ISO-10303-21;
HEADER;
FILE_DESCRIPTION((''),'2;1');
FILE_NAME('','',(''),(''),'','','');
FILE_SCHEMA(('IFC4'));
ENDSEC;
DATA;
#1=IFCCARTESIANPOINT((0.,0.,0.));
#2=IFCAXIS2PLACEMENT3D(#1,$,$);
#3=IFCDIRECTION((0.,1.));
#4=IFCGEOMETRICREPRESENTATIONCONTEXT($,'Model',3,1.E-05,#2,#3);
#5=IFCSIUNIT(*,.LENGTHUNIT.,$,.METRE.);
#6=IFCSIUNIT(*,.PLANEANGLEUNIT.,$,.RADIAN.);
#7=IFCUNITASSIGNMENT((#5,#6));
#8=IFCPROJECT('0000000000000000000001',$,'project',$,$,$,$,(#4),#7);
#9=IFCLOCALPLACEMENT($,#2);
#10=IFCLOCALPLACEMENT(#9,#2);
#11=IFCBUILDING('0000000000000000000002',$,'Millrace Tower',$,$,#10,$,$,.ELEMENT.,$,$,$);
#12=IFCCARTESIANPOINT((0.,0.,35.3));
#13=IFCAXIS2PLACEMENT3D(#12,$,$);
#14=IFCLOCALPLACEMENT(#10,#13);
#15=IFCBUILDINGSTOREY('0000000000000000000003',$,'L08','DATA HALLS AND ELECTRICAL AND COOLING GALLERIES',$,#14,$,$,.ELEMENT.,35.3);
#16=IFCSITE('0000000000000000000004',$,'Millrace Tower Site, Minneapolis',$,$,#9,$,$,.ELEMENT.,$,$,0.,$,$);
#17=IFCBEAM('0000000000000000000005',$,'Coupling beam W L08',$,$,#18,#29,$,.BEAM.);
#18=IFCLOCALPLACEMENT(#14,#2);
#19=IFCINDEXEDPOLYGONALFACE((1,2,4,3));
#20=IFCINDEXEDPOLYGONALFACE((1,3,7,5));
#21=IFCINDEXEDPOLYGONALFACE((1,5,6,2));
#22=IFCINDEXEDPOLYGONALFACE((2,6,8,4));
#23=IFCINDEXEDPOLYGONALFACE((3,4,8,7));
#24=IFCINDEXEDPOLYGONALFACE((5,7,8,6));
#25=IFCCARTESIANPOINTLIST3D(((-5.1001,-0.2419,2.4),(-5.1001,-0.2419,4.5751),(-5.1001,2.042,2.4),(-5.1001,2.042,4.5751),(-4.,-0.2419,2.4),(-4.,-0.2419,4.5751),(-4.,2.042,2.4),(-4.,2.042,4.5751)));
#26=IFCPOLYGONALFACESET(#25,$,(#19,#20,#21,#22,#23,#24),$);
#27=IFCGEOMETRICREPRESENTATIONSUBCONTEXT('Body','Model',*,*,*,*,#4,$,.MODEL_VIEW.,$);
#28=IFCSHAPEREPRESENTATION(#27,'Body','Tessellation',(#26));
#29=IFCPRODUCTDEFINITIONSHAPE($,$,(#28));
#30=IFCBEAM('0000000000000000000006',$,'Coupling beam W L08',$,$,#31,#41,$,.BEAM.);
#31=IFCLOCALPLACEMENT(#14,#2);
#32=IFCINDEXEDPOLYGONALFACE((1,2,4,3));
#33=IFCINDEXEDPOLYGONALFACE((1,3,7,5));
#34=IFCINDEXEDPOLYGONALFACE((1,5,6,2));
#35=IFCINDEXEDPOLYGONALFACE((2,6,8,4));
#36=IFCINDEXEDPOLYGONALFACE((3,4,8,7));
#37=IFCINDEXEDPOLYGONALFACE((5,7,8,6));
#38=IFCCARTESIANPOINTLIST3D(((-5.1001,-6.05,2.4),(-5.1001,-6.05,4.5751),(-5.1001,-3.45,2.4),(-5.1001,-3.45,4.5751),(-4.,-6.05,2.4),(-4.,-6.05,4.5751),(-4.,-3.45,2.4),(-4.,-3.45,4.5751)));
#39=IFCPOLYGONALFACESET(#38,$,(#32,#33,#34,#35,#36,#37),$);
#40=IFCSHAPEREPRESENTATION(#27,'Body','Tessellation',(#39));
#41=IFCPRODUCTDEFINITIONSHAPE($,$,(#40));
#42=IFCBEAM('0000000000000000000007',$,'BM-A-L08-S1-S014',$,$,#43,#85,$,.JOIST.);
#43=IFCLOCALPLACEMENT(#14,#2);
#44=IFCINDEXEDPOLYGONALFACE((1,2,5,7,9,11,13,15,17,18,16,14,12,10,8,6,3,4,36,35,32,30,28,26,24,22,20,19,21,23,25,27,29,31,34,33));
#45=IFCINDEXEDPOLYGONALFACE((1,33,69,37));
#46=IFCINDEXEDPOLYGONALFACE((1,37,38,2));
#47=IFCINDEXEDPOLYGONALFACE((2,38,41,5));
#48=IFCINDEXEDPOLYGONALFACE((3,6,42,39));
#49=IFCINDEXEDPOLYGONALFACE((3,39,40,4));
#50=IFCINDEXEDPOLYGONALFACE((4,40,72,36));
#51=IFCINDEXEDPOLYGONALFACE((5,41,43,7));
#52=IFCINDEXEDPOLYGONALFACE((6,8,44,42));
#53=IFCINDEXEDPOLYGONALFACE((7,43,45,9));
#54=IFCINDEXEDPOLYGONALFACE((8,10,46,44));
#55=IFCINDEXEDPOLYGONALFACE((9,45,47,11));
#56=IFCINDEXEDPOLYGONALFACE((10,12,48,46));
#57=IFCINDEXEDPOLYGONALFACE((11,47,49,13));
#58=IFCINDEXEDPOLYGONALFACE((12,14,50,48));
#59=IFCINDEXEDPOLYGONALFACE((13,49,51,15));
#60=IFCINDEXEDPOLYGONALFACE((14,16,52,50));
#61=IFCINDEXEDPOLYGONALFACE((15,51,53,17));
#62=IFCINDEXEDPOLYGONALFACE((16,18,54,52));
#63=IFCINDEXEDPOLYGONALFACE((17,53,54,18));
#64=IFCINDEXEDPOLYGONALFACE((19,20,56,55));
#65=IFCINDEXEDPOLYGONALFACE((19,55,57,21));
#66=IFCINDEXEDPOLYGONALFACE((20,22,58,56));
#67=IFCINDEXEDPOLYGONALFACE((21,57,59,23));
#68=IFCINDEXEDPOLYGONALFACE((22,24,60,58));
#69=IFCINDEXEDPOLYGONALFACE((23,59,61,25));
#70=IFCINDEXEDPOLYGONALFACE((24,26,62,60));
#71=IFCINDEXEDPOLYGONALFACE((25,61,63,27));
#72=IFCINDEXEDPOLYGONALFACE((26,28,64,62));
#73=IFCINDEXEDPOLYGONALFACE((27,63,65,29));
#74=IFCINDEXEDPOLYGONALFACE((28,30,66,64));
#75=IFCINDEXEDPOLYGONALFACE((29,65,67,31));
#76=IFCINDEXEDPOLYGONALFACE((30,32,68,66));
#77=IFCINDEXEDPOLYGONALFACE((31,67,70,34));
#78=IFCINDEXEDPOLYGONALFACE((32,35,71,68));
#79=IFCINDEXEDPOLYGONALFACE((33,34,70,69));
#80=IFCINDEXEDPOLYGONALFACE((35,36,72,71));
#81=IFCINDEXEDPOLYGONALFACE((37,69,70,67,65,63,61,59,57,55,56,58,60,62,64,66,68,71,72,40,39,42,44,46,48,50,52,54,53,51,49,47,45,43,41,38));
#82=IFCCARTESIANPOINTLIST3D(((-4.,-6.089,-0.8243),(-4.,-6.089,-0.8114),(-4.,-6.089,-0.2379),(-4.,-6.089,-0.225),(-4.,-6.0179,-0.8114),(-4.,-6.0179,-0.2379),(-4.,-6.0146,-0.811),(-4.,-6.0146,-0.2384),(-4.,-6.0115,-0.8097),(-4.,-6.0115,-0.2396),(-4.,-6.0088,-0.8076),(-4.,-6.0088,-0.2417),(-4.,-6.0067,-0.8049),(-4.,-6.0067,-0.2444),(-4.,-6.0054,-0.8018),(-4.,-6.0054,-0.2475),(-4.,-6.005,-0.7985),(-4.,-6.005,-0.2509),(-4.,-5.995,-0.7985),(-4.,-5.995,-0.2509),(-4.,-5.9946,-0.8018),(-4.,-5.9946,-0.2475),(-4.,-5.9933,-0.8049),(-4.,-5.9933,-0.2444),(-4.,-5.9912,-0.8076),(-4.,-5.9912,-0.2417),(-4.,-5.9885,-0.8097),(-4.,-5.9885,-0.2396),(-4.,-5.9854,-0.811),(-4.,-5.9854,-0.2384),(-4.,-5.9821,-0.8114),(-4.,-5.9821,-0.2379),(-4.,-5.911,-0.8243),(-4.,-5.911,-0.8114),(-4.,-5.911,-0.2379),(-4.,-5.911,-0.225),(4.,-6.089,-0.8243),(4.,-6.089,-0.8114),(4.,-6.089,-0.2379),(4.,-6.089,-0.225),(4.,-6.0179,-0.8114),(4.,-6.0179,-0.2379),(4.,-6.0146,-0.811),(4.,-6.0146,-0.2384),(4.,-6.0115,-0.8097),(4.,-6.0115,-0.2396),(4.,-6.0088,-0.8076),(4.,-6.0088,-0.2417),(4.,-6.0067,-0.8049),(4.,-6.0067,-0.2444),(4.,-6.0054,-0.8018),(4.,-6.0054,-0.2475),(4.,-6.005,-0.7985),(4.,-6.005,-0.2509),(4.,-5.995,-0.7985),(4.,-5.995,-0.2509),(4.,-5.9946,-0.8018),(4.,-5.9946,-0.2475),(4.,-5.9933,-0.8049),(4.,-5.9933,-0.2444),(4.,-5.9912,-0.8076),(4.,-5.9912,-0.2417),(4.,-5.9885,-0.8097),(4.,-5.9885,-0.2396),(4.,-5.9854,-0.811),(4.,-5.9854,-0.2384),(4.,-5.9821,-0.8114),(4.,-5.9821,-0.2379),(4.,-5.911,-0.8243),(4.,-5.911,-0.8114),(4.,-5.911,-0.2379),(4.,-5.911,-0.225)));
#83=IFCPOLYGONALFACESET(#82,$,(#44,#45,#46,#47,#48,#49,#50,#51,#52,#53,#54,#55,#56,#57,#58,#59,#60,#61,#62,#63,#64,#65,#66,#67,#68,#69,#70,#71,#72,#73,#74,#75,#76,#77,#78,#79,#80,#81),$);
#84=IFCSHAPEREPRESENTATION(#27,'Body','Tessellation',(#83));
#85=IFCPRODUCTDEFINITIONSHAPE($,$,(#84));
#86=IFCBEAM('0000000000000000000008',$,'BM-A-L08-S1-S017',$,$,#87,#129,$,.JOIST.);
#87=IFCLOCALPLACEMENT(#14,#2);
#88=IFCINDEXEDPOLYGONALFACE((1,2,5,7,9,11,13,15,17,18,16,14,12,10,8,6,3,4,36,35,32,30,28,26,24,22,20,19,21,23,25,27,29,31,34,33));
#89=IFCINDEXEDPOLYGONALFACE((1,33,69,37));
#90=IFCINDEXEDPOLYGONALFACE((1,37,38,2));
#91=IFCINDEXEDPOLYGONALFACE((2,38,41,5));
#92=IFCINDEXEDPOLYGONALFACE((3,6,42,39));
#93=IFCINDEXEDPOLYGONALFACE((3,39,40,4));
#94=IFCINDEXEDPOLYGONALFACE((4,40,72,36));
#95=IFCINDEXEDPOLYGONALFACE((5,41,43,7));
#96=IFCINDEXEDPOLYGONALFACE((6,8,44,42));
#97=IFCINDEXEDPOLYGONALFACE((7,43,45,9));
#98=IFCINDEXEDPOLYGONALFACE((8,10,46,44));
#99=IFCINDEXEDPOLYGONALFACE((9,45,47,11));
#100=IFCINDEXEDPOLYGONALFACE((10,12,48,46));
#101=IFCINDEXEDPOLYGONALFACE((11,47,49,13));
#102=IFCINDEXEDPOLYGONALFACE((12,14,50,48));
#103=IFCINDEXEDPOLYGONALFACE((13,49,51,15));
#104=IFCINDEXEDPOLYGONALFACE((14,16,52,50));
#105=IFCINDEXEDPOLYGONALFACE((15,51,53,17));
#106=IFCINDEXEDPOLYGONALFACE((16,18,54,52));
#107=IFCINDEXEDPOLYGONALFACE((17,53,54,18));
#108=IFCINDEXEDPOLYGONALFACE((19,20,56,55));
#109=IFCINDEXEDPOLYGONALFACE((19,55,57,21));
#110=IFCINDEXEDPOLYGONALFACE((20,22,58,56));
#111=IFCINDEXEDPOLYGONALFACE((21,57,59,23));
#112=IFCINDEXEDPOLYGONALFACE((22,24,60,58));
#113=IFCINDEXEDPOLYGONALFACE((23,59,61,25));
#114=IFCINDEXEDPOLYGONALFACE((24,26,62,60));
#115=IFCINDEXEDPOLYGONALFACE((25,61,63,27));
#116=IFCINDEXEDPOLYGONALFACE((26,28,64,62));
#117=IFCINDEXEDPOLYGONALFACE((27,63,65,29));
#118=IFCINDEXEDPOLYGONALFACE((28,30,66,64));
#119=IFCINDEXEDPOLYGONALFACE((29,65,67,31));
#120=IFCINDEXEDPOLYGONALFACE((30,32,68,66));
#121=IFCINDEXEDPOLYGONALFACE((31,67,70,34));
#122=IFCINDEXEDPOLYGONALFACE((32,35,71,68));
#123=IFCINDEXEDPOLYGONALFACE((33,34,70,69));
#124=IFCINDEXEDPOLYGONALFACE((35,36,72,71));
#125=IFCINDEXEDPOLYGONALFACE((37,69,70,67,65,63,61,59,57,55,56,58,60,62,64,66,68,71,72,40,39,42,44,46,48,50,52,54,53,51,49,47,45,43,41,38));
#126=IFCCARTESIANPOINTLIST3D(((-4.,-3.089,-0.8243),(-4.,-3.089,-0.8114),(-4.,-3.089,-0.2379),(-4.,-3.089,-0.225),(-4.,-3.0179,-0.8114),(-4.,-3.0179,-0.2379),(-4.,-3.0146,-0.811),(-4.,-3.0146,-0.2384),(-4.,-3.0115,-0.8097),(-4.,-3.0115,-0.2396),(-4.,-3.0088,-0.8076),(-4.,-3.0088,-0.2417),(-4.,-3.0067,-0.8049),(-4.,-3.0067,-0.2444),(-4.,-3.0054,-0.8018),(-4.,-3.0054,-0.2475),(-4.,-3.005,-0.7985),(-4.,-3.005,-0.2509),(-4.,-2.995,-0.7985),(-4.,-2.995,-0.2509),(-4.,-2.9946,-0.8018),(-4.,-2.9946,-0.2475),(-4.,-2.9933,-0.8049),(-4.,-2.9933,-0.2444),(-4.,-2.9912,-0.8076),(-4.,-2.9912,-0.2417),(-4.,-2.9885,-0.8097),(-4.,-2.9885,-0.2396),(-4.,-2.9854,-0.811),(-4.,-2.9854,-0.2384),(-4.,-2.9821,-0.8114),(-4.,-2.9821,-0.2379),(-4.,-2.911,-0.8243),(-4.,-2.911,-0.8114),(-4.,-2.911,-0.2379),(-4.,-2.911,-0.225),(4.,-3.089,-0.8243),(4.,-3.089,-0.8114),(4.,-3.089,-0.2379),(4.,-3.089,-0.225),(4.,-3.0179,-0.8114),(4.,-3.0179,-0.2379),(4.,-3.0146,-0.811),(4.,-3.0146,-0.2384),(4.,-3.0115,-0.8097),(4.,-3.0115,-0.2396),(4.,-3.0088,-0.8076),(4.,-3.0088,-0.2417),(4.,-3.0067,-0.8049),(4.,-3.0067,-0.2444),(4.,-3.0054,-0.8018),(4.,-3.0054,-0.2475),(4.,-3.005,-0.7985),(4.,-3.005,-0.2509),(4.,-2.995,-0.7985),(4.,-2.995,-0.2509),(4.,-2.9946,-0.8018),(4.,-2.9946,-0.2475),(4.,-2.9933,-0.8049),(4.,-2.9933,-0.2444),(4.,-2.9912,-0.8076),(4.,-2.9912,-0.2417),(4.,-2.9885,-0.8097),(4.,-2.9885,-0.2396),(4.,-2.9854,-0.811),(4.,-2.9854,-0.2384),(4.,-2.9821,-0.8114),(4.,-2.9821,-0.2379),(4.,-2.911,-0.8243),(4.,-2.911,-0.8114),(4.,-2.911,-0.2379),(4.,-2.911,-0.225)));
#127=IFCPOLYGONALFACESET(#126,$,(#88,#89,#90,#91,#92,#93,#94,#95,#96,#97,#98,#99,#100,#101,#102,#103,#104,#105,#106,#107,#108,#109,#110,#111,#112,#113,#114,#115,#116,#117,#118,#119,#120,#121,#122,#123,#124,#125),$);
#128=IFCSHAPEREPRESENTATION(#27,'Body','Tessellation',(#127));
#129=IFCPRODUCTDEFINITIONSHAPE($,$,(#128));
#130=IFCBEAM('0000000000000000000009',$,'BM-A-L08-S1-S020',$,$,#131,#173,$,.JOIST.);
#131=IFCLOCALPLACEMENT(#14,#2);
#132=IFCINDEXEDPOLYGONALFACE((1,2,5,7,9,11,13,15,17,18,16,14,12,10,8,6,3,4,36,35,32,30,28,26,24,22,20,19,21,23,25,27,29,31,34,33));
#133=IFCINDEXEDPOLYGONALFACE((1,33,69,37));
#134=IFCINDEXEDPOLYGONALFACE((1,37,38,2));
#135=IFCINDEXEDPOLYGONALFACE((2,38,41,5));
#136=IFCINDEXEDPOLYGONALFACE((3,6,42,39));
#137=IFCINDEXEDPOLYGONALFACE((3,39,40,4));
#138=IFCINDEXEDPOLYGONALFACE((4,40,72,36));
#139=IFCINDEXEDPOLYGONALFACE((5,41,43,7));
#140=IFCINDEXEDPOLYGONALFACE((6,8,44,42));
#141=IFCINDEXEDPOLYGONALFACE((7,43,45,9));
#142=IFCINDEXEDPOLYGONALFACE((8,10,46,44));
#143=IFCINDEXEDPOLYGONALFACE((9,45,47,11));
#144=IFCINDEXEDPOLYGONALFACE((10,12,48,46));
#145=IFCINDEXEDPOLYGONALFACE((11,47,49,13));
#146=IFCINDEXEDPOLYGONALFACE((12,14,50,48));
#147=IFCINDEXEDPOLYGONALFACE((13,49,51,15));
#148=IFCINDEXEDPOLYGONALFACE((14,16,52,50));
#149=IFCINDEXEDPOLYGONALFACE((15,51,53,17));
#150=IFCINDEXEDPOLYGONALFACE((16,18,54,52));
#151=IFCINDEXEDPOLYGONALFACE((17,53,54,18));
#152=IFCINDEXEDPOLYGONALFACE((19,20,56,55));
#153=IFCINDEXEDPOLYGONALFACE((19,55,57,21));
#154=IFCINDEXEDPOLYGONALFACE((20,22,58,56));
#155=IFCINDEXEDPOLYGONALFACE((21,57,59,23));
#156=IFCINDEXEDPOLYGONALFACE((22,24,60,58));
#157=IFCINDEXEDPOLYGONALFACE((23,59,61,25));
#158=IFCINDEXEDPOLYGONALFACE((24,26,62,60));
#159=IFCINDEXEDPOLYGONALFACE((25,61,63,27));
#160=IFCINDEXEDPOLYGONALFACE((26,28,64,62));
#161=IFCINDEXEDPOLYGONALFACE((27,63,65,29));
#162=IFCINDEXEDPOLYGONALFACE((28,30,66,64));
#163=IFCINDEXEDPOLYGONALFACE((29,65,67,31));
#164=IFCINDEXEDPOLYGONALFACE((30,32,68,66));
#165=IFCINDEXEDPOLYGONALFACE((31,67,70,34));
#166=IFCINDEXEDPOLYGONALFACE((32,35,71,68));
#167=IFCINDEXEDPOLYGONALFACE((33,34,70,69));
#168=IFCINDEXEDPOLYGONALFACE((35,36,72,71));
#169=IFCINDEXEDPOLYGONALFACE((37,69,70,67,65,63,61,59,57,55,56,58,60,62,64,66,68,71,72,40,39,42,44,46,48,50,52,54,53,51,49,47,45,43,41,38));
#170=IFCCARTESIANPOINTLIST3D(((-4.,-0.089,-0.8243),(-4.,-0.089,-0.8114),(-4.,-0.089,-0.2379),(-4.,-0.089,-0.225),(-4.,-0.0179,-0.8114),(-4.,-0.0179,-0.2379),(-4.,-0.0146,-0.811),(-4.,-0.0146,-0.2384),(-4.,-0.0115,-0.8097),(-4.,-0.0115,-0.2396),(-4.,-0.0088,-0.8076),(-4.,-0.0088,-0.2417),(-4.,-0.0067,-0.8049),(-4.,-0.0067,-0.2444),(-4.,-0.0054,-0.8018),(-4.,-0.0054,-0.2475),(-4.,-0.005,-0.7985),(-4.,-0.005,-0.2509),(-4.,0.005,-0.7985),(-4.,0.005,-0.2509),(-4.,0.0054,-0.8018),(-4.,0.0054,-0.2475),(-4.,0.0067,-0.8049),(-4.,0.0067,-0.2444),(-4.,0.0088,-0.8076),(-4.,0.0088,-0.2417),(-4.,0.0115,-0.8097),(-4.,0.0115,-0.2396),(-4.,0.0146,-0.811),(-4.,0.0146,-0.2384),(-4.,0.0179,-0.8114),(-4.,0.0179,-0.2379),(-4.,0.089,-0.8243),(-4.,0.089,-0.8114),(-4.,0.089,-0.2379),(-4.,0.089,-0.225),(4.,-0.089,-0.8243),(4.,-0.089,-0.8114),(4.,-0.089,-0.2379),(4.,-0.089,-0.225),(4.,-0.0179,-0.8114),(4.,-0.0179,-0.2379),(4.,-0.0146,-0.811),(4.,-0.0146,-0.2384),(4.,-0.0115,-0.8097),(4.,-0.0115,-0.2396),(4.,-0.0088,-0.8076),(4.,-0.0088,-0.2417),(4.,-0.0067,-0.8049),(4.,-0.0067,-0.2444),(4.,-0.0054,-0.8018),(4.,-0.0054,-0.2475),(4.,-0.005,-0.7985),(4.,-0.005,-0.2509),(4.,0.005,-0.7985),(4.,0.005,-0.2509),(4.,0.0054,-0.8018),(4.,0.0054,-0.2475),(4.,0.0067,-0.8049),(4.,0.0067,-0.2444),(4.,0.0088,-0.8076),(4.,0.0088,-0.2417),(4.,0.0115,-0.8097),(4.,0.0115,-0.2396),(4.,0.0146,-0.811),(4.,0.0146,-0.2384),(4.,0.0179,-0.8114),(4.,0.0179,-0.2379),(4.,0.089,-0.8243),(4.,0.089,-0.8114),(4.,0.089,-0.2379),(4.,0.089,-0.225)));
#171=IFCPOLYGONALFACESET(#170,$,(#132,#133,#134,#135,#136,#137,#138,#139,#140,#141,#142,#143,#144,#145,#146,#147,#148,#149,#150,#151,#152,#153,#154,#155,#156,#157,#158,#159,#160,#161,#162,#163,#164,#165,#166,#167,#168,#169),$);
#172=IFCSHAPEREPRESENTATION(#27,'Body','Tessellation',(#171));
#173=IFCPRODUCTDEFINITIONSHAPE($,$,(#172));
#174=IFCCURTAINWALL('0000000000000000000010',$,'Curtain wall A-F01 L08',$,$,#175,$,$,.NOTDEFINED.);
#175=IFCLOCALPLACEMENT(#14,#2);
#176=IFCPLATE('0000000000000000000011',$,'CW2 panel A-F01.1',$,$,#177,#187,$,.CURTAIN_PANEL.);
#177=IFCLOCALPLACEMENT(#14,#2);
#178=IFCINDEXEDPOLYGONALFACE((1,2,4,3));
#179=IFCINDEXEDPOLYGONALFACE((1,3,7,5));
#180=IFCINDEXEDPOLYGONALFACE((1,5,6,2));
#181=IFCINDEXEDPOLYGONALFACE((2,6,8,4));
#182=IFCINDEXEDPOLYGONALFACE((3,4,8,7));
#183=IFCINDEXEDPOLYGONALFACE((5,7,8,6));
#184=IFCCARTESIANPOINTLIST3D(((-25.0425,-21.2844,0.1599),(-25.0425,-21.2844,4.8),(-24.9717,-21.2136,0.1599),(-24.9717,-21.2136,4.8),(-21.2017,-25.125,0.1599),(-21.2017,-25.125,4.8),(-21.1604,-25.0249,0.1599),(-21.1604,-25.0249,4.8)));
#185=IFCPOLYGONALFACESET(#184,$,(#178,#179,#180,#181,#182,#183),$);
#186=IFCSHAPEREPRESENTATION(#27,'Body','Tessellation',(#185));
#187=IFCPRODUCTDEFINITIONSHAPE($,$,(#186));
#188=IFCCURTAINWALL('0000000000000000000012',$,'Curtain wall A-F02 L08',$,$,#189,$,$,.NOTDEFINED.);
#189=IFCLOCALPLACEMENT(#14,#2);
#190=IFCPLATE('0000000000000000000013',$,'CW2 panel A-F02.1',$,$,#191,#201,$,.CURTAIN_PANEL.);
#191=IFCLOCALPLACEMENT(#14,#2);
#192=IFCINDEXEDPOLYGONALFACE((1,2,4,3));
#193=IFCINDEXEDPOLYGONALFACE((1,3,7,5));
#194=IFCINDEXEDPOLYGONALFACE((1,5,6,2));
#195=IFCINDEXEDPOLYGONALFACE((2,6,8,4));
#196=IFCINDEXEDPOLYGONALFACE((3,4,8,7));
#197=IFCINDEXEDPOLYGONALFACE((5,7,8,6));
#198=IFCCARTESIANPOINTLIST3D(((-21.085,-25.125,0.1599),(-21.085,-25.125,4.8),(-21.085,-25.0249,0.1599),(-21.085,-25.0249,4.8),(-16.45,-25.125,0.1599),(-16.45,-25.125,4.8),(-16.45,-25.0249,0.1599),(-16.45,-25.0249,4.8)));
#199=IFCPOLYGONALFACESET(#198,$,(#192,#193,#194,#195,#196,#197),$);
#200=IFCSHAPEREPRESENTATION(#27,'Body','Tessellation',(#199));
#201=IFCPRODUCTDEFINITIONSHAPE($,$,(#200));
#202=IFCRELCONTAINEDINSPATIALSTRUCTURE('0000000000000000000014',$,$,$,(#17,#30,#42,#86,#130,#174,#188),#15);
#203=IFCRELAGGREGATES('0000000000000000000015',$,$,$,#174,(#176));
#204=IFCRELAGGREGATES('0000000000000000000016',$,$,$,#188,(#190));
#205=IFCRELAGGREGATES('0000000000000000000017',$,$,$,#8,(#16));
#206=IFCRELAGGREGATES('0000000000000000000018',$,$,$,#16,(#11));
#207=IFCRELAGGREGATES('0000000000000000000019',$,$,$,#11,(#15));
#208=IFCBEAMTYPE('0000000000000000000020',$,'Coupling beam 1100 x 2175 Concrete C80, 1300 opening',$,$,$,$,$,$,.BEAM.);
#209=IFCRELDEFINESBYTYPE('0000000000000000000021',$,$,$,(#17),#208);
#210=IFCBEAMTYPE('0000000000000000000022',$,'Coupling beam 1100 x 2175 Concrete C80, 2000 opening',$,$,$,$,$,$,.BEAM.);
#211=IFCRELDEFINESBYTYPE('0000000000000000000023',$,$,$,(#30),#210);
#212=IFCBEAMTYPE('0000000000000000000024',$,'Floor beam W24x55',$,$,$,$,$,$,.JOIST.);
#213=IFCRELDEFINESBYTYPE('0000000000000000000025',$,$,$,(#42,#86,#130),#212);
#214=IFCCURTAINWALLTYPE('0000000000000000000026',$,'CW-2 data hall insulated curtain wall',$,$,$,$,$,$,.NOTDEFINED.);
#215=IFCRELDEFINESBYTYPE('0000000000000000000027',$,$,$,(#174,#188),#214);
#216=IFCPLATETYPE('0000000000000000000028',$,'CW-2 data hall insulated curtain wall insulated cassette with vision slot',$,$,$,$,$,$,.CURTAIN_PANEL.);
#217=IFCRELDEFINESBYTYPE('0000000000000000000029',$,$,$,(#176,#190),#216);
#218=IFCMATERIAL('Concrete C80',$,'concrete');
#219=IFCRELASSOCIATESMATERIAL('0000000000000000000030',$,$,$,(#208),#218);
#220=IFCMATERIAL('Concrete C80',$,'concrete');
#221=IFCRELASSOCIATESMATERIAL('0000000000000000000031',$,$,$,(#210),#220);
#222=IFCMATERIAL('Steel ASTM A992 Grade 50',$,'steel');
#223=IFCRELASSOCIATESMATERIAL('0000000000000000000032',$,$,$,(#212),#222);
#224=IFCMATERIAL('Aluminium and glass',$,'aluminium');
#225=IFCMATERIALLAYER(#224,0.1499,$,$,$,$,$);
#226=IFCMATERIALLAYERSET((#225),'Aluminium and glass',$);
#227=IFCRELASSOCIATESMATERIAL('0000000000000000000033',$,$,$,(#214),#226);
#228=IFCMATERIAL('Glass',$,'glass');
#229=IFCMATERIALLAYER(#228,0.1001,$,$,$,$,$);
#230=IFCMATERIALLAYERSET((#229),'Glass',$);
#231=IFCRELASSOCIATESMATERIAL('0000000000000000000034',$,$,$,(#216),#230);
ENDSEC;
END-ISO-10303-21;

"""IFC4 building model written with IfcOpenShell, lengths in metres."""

from ifc_helpers import new_model, si_unit, direction, frame, origin, origin_2d, place, context, subcontext, project, spatial, polyline, rectangle, i_section, outline, extrude, material, layer, layer_set, material_profile, profile_set, type_object, element, aggregate, save


model = new_model("IFC4")

# Units and contexts
model_context = context("Model", 3, precision=1e-05, world=origin(), true_north=direction((0.0, 1.0)))
body_context = subcontext(model_context, "Body", "Model", "MODEL_VIEW")
ifc_project = project(units=[si_unit("LENGTHUNIT", "METRE"), si_unit("PLANEANGLEUNIT", "RADIAN")], contexts=[model_context])

# Site, building, storey
site_placement = place(None, origin())
site = spatial("IfcSite", under=ifc_project, at=site_placement, Name="Millrace Tower Site, Minneapolis", CompositionType="ELEMENT", RefElevation=0.0)
building_placement = place(site_placement, origin())
building = spatial("IfcBuilding", under=site, at=building_placement, Name="Millrace Tower", CompositionType="ELEMENT")
storey_placement = place(building_placement, frame((0.0, 0.0, 35.3)))
storey = spatial("IfcBuildingStorey", under=building, at=storey_placement, Name="L08", Description="DATA HALLS AND ELECTRICAL AND COOLING GALLERIES", CompositionType="ELEMENT", Elevation=35.3)

# Beams
ifc_material_1 = material(Name="Concrete C80", Category="concrete")
ifc_material_profile_1 = material_profile(ifc_material_1, rectangle(XDim=1.1001, YDim=2.175, at=origin_2d()))
ifc_profile_set_1 = profile_set([ifc_material_profile_1], Name="Concrete C80")
beam_type_1 = type_object("IfcBeamType", Name="Coupling beam 1100 x 2175 Concrete C80, 1300 opening", PredefinedType="BEAM", material=ifc_profile_set_1)
beam_1_placement = place(storey_placement, frame((-4.55, -0.2419, 3.4875), z_axis=(0.0, 1.0, 0.0), x_axis=(-1.0, 0.0, 0.0)))
element("IfcBeam", 1, at=beam_1_placement, inside=storey, type_object=beam_type_1, Name="Coupling beam W L08", PredefinedType="BEAM", context=body_context, shape_type="SweptSolid", body=[
    extrude(rectangle(XDim=1.1001, YDim=2.175, at=origin_2d()), origin(), (0.0, 0.0, 1.0), 2.2839),
])
ifc_material_2 = material(Name="Concrete C80", Category="concrete")
ifc_material_profile_2 = material_profile(ifc_material_2, rectangle(XDim=1.1001, YDim=2.175, at=origin_2d()))
ifc_profile_set_2 = profile_set([ifc_material_profile_2], Name="Concrete C80")
beam_type_2 = type_object("IfcBeamType", Name="Coupling beam 1100 x 2175 Concrete C80, 2000 opening", PredefinedType="BEAM", material=ifc_profile_set_2)
beam_2_placement = place(storey_placement, frame((-4.55, -6.05, 3.4875), z_axis=(0.0, 1.0, 0.0), x_axis=(-1.0, 0.0, 0.0)))
element("IfcBeam", 2, at=beam_2_placement, inside=storey, type_object=beam_type_2, Name="Coupling beam W L08", PredefinedType="BEAM", context=body_context, shape_type="SweptSolid", body=[
    extrude(rectangle(XDim=1.1001, YDim=2.175, at=origin_2d()), origin(), (0.0, 0.0, 1.0), 2.6001),
])
ifc_material_3 = material(Name="Steel ASTM A992 Grade 50", Category="steel")
ifc_material_profile_3 = material_profile(ifc_material_3, i_section(OverallWidth=0.178, OverallDepth=0.5994, WebThickness=0.01, FlangeThickness=0.0129, FilletRadius=0.0129, at=origin_2d()))
ifc_profile_set_3 = profile_set([ifc_material_profile_3], Name="Steel ASTM A992 Grade 50")
beam_type_3 = type_object("IfcBeamType", Name="Floor beam W24x55", PredefinedType="JOIST", material=ifc_profile_set_3)
for number, where, z_axis, x_axis, name in (
    (3, (-4.0, -6.0, -0.5247), (1.0, 0.0, 0.0), (0.0, 1.0, 0.0), "BM-A-L08-S1-S014"),
    (4, (-4.0, -3.0, -0.5247), (1.0, 0.0, 0.0), (0.0, 1.0, 0.0), "BM-A-L08-S1-S017"),
    (5, (-4.0, 0.0, -0.5247), (1.0, 0.0, 0.0), (0.0, 1.0, 0.0), "BM-A-L08-S1-S020"),
):
    element("IfcBeam", number, at=place(storey_placement, frame(where, z_axis=z_axis, x_axis=x_axis)), inside=storey, type_object=beam_type_3, Name=name, PredefinedType="JOIST", context=body_context, shape_type="SweptSolid", body=[
        extrude(i_section(OverallWidth=0.178, OverallDepth=0.5994, WebThickness=0.01, FlangeThickness=0.0129, FilletRadius=0.0129, at=origin_2d()), origin(), (0.0, 0.0, 1.0), 8.0),
    ])

# Curtain wall, plate
ifc_material_4 = material(Name="Aluminium and glass", Category="aluminium")
ifc_layer_1 = layer(ifc_material_4, 0.1499)
ifc_layer_set_1 = layer_set([ifc_layer_1], Name="Aluminium and glass")
curtain_wall_type = type_object("IfcCurtainWallType", Name="CW-2 data hall insulated curtain wall", PredefinedType="NOTDEFINED", material=ifc_layer_set_1)
placement_1 = place(storey_placement, origin())
curtain_wall_1 = element("IfcCurtainWall", 6, at=placement_1, inside=storey, type_object=curtain_wall_type, Name="Curtain wall A-F01 L08", PredefinedType="NOTDEFINED")
ifc_material_5 = material(Name="Glass", Category="glass")
ifc_layer_2 = layer(ifc_material_5, 0.1001)
ifc_layer_set_2 = layer_set([ifc_layer_2], Name="Glass")
plate_type = type_object("IfcPlateType", Name="CW-2 data hall insulated curtain wall insulated cassette with vision slot", PredefinedType="CURTAIN_PANEL", material=ifc_layer_set_2)
placement_2 = place(storey_placement, frame((0.0, 0.0, 0.1599)))
plate_1 = element("IfcPlate", 7, at=placement_2, type_object=plate_type, Name="CW2 panel A-F01.1", PredefinedType="CURTAIN_PANEL", context=body_context, shape_type="SweptSolid", body=[
    extrude(outline(polyline([(-25.0425, -21.2844), (-21.2017, -25.125), (-21.1604, -25.0249), (-24.9717, -21.2136), (-25.0425, -21.2844)])), origin(), (0.0, 0.0, 1.0), 4.6401),
])
aggregate(curtain_wall_1, [plate_1])

# Curtain wall, plate
curtain_wall_2 = element("IfcCurtainWall", 8, at=placement_1, inside=storey, type_object=curtain_wall_type, Name="Curtain wall A-F02 L08", PredefinedType="NOTDEFINED")
plate_2 = element("IfcPlate", 9, at=placement_2, type_object=plate_type, Name="CW2 panel A-F02.1", PredefinedType="CURTAIN_PANEL", context=body_context, shape_type="SweptSolid", body=[
    extrude(outline(polyline([(-21.085, -25.125), (-16.45, -25.125), (-16.45, -25.0249), (-21.085, -25.0249), (-21.085, -25.125)])), origin(), (0.0, 0.0, 1.0), 4.6401),
])
aggregate(curtain_wall_2, [plate_2])

save(model, "model.ifc")
